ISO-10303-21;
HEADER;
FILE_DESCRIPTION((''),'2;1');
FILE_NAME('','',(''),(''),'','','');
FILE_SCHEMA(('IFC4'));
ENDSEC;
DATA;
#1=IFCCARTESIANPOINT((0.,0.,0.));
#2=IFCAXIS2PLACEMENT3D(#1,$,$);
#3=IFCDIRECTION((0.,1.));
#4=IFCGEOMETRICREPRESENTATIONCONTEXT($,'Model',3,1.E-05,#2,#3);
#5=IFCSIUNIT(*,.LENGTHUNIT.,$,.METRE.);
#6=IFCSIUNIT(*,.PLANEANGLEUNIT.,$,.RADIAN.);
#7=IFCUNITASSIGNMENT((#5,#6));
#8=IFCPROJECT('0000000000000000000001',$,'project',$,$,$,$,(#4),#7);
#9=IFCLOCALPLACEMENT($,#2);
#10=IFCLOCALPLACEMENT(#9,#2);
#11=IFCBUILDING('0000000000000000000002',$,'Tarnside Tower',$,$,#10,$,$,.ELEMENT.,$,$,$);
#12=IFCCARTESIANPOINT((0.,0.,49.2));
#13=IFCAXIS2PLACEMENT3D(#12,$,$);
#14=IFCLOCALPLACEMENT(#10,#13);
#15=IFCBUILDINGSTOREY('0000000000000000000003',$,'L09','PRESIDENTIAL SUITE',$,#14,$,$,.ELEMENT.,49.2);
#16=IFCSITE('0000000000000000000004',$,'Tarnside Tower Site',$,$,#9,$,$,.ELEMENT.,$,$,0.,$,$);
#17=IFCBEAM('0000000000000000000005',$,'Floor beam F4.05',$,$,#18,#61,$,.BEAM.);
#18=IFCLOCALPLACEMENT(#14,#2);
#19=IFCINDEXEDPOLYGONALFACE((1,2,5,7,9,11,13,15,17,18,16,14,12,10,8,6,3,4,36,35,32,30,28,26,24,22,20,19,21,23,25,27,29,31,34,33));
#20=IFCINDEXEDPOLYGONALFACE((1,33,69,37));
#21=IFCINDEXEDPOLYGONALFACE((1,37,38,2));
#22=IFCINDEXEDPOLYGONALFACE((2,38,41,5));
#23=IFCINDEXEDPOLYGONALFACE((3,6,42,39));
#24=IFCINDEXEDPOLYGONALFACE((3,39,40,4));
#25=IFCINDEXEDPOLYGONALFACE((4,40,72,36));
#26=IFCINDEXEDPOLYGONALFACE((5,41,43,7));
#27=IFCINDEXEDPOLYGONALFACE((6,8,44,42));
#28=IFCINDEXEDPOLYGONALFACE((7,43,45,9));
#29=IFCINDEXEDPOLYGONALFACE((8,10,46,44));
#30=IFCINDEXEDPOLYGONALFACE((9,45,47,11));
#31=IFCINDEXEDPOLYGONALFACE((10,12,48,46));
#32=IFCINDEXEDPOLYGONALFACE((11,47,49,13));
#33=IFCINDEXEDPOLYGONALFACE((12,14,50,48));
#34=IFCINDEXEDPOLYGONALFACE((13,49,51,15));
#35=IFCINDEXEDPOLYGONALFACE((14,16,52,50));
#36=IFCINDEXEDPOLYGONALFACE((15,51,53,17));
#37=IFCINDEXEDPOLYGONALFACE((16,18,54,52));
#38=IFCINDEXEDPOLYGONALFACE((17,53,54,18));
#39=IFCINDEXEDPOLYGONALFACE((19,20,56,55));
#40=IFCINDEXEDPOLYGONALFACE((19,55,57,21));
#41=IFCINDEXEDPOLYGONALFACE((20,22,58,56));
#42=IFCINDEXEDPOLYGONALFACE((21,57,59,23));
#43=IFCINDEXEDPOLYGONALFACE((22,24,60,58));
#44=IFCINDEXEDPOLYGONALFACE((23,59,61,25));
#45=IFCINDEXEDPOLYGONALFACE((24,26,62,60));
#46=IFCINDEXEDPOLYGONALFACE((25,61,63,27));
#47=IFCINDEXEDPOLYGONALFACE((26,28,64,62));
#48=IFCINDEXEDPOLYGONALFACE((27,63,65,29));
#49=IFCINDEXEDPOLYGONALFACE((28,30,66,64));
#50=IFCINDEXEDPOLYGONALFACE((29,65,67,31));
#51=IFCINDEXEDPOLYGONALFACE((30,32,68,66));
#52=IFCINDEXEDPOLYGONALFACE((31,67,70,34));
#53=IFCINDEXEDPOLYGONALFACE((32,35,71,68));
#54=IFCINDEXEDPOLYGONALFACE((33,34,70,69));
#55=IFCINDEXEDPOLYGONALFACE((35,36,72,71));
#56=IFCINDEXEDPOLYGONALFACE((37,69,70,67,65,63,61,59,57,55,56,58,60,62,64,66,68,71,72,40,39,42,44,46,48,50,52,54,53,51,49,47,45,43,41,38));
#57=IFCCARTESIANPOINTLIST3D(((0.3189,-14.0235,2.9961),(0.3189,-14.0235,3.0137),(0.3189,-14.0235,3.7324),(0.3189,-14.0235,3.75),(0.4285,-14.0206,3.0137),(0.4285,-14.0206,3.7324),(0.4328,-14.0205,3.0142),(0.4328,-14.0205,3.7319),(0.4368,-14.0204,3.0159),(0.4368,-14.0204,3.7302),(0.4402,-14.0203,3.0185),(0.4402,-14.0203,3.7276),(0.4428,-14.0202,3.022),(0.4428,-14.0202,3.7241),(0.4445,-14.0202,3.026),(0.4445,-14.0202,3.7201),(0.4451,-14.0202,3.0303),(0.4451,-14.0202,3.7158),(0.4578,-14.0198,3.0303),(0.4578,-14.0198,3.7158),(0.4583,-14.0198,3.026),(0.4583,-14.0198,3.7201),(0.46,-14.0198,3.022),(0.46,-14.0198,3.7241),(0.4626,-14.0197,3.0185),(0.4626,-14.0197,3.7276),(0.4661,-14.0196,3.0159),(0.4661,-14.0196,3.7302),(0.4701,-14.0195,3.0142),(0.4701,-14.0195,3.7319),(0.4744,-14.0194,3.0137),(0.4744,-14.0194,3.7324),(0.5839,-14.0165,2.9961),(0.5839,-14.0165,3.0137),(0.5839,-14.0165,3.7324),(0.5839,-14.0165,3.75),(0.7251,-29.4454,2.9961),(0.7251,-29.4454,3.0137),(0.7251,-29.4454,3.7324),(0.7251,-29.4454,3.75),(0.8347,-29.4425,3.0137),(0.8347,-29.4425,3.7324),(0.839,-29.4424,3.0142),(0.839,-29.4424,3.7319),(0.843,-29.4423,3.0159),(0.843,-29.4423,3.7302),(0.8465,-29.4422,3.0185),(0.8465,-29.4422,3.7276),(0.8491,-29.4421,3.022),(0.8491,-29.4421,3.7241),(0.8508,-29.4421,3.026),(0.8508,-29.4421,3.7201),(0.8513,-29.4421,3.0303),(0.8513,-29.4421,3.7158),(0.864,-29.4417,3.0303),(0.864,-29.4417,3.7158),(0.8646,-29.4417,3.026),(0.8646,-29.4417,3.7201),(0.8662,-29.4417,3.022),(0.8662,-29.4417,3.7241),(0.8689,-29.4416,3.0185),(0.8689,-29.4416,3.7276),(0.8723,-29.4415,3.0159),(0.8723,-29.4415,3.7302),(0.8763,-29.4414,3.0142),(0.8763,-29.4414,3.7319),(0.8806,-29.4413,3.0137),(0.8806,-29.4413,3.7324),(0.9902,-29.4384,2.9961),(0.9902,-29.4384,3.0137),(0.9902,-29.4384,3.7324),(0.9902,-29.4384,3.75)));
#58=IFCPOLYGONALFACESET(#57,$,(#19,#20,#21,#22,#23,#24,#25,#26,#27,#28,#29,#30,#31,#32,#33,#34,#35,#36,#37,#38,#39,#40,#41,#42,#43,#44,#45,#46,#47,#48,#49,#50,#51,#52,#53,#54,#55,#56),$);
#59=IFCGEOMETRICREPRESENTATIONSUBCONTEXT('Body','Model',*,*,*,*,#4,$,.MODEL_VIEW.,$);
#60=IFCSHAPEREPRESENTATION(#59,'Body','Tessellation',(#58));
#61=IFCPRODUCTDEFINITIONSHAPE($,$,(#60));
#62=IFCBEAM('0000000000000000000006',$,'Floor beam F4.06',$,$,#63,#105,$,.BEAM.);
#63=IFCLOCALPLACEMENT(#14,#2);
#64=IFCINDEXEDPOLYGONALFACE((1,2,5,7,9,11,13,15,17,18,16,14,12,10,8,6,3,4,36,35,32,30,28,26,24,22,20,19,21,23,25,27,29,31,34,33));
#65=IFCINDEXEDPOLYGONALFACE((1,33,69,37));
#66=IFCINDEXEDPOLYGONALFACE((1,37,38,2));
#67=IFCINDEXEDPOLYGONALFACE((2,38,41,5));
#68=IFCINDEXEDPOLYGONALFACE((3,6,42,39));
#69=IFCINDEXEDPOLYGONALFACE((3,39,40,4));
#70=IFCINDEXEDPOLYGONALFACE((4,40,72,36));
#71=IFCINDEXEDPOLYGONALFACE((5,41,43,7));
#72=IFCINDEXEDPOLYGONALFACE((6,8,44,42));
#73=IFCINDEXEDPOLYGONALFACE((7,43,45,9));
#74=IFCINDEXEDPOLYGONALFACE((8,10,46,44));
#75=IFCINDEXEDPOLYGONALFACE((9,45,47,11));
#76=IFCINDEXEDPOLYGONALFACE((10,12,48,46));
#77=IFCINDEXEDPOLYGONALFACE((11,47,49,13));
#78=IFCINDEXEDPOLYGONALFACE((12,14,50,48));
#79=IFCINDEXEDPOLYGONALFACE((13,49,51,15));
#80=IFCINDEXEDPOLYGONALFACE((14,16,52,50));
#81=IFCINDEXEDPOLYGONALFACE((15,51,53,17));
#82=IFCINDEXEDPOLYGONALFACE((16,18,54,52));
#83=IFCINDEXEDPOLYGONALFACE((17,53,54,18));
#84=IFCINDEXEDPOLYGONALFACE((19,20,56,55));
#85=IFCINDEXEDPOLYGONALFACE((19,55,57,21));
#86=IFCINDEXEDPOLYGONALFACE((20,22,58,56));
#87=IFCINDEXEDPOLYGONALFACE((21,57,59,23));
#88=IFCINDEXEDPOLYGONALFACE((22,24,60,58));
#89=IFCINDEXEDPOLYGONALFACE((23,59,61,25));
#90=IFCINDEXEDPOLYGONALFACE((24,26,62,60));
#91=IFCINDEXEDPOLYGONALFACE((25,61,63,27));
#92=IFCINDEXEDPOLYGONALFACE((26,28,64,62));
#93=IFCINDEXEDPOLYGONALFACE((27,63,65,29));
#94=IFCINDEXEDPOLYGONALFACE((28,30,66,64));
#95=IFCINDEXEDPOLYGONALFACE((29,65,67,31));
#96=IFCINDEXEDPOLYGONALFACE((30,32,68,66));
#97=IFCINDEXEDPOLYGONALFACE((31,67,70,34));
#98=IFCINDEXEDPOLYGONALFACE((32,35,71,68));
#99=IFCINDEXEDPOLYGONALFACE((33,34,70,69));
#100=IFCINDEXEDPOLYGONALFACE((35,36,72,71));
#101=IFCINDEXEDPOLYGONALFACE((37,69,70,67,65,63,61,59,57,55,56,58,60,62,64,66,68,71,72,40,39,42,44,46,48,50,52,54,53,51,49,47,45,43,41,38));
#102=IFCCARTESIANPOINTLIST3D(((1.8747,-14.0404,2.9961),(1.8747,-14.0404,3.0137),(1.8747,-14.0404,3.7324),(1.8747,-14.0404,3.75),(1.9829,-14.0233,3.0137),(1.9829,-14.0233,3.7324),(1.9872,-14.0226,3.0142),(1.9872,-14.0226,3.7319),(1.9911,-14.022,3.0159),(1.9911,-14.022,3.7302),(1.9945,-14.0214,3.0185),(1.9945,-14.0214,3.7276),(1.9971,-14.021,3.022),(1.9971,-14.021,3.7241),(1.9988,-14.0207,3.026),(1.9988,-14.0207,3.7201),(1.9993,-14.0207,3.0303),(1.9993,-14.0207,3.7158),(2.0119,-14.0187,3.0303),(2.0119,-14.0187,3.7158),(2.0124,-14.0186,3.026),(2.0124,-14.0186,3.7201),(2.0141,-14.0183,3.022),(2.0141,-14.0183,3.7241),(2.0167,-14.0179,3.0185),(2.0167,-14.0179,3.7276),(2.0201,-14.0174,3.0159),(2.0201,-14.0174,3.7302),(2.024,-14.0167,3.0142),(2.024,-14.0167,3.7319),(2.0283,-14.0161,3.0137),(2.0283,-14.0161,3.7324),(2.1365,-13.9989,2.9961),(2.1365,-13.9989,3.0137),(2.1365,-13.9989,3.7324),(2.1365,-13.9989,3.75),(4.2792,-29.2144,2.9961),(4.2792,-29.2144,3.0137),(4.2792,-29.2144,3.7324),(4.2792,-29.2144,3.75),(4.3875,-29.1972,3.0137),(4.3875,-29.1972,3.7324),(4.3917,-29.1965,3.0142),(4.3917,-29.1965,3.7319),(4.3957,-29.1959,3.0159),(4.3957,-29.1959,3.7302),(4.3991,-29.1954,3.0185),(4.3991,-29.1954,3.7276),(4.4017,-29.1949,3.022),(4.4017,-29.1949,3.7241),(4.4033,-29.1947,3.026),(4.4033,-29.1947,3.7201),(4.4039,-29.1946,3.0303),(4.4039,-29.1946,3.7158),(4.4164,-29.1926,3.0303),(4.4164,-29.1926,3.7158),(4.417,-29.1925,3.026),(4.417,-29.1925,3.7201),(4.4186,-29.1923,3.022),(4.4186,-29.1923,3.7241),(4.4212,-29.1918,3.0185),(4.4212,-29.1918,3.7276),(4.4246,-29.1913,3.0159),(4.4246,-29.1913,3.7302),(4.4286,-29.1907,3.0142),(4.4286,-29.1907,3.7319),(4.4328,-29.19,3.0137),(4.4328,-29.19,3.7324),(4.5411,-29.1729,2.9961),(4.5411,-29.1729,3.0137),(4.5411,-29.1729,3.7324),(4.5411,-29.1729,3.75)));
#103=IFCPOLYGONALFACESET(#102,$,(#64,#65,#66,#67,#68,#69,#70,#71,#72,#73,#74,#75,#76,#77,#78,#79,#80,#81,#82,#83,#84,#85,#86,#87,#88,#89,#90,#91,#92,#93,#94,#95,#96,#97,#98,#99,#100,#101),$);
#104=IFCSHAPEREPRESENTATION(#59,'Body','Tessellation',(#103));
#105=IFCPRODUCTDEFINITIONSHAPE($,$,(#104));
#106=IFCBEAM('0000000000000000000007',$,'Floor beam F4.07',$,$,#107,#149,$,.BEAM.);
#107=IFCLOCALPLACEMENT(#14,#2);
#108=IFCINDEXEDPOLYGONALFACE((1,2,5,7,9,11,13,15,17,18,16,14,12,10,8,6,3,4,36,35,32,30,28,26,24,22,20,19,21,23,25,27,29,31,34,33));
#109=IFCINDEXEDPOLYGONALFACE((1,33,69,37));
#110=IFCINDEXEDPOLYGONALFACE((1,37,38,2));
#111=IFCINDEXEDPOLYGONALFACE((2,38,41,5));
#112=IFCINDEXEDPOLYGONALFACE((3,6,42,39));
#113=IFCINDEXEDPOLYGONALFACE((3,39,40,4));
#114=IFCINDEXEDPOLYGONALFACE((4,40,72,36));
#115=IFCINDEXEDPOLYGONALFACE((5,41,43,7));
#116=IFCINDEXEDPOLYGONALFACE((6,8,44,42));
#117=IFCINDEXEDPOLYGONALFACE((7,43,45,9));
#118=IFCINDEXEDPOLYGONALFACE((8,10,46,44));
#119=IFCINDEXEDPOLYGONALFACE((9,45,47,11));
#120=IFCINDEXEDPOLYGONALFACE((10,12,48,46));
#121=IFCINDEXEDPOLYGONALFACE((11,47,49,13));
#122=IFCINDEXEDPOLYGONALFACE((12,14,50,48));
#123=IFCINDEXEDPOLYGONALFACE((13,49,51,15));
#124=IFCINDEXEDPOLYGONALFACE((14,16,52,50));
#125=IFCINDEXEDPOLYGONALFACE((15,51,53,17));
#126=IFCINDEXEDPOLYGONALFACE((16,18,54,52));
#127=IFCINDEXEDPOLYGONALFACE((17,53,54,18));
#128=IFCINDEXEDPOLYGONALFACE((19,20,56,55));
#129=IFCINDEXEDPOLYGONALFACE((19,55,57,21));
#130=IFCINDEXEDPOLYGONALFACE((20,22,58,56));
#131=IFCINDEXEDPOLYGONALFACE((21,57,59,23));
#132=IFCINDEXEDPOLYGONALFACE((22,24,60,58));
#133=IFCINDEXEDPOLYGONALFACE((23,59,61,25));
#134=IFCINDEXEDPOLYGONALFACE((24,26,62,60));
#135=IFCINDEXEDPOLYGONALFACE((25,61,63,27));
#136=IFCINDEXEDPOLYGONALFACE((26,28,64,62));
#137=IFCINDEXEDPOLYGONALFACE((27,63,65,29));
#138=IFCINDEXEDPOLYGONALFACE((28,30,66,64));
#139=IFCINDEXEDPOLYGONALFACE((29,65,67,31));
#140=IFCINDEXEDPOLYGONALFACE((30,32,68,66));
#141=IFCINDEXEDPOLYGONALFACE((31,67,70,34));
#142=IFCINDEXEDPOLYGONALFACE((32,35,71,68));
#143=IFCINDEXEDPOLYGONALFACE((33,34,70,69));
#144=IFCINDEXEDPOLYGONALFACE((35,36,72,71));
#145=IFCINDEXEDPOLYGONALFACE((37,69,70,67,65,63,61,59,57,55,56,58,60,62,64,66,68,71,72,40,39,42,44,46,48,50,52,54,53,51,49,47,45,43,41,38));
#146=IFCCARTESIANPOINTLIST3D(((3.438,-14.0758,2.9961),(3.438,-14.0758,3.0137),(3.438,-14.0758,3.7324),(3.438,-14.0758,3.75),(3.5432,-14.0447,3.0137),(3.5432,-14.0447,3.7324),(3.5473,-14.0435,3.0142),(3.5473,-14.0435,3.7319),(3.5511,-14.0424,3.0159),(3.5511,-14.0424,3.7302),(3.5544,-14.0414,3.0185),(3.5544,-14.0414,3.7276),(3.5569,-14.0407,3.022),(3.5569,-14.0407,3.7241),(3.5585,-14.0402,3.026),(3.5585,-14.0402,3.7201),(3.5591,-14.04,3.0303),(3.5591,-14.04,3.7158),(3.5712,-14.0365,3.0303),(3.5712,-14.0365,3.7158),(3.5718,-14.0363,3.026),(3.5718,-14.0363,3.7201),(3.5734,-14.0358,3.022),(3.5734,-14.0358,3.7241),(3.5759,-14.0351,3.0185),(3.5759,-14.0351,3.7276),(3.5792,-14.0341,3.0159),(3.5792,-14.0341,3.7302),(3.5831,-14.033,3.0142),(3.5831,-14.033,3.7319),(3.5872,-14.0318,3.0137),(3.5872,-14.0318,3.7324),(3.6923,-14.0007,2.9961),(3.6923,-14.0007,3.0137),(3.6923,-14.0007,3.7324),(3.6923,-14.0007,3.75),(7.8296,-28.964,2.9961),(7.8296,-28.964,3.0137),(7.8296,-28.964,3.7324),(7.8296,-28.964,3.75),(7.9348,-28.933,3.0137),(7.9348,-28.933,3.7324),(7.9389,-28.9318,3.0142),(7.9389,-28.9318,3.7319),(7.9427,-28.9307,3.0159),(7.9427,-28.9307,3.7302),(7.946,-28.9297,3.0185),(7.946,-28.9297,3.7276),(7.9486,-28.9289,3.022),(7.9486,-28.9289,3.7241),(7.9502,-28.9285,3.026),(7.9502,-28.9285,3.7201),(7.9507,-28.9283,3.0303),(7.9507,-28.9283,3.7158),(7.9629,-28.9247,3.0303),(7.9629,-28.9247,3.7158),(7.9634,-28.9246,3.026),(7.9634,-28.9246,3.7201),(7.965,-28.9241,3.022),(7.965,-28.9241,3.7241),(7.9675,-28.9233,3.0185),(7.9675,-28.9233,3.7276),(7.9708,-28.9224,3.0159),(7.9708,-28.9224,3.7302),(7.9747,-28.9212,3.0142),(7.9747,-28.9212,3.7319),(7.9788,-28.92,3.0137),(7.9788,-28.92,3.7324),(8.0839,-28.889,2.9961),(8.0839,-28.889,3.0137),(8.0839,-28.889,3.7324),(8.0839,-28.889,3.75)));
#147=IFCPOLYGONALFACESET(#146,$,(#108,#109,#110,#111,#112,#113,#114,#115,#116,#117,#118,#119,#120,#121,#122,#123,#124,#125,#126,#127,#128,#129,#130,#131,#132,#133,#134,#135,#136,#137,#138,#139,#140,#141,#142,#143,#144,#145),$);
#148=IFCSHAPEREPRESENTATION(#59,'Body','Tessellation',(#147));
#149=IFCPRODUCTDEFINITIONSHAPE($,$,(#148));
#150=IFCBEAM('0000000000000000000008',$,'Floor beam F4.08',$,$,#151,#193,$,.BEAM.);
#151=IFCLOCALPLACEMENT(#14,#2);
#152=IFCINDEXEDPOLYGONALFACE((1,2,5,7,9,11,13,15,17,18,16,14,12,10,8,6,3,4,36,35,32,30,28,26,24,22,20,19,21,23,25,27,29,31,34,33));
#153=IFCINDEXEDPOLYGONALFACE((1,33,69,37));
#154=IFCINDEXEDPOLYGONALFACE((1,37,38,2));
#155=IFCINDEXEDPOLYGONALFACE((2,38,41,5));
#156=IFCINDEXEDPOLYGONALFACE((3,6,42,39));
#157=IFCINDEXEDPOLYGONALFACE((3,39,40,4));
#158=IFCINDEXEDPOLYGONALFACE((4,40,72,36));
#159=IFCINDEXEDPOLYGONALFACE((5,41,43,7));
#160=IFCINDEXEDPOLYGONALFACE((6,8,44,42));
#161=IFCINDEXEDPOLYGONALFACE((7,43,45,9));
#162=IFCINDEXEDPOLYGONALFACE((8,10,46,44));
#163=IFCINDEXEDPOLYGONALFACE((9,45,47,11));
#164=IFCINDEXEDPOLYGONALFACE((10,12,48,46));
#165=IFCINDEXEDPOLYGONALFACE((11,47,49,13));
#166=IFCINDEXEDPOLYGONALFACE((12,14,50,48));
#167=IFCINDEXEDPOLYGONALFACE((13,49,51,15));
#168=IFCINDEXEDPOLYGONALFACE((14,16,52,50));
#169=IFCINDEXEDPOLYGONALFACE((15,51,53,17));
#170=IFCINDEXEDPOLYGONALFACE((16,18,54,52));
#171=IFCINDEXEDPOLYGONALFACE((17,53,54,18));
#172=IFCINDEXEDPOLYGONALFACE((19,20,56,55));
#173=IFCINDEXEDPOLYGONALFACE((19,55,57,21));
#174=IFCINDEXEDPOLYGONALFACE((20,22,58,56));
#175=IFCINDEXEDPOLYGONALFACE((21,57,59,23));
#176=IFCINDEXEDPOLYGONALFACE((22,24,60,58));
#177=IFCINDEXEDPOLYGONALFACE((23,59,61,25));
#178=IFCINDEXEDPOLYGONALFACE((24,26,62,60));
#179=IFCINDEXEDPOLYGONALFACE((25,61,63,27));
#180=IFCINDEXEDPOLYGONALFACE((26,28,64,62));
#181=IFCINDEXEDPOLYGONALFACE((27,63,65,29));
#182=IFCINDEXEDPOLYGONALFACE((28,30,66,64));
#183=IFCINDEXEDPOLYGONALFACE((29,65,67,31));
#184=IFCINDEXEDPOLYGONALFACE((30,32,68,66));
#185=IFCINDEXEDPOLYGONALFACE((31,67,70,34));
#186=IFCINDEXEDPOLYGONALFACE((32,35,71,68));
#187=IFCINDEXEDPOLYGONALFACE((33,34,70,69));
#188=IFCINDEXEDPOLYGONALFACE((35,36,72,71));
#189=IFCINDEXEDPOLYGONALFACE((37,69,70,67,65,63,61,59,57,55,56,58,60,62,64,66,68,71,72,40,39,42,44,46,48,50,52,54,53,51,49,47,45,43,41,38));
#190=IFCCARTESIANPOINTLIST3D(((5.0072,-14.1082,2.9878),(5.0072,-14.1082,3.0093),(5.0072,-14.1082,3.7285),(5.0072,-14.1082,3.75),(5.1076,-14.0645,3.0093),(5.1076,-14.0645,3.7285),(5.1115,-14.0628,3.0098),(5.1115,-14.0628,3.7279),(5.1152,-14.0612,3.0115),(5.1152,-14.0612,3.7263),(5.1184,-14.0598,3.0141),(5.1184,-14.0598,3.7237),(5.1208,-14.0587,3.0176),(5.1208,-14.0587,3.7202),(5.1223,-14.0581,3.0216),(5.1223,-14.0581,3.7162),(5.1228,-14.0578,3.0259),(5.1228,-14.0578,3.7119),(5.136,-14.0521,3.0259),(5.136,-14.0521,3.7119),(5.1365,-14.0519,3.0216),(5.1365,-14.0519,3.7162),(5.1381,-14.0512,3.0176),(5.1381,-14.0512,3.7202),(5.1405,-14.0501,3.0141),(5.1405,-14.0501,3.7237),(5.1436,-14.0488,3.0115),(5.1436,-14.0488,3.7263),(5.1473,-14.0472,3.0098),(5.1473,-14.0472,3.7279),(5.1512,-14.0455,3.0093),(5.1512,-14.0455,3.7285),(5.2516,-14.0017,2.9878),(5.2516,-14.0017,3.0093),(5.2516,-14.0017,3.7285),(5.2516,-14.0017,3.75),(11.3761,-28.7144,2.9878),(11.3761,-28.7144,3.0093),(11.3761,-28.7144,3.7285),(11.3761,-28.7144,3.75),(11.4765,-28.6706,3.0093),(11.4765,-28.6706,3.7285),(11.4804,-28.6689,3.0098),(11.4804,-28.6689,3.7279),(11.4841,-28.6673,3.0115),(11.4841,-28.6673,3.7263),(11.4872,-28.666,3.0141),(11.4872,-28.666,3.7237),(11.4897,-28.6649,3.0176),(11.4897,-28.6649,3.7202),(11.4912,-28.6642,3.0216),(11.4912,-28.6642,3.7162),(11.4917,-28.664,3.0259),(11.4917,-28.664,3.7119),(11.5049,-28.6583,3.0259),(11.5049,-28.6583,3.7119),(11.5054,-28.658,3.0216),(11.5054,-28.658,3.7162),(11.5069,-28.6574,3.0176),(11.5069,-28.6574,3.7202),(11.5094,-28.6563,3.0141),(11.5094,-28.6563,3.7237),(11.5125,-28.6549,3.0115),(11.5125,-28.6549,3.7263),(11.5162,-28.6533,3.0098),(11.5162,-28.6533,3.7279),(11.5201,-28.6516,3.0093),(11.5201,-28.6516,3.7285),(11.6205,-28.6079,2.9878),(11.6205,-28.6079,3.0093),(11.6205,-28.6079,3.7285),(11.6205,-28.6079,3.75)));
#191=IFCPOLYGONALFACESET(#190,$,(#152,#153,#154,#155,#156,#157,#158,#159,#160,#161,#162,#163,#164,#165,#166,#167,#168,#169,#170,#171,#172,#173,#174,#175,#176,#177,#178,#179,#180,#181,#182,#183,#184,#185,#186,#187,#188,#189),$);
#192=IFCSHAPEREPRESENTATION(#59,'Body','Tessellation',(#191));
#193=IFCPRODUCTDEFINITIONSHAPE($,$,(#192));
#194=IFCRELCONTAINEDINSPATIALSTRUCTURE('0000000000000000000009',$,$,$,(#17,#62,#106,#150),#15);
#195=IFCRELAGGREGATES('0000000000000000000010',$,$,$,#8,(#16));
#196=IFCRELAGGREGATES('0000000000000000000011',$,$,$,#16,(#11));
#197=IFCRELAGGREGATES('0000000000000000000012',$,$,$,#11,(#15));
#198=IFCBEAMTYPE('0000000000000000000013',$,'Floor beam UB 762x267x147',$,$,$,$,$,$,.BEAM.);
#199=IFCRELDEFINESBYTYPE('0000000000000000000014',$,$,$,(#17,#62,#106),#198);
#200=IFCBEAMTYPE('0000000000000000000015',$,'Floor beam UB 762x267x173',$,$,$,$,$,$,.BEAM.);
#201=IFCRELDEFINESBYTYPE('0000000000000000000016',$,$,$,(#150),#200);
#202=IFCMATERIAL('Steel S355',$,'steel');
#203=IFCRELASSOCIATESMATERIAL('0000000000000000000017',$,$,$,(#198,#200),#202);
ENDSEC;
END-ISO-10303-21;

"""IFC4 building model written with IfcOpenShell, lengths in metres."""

from ifc_helpers import new_model, si_unit, direction, frame, origin, origin_2d, place, context, subcontext, project, spatial, i_section, extrude, material, material_profile, profile_set, type_object, element, save


model = new_model("IFC4")

# Units and contexts
model_context = context("Model", 3, precision=1e-05, world=origin(), true_north=direction((0.0, 1.0)))
body_context = subcontext(model_context, "Body", "Model", "MODEL_VIEW")
ifc_project = project(units=[si_unit("LENGTHUNIT", "METRE"), si_unit("PLANEANGLEUNIT", "RADIAN")], contexts=[model_context])

# Site, building, storey
site_placement = place(None, origin())
site = spatial("IfcSite", under=ifc_project, at=site_placement, Name="Tarnside Tower Site", CompositionType="ELEMENT", RefElevation=0.0)
building_placement = place(site_placement, origin())
building = spatial("IfcBuilding", under=site, at=building_placement, Name="Tarnside Tower", CompositionType="ELEMENT")
storey_placement = place(building_placement, frame((0.0, 0.0, 49.2)))
storey = spatial("IfcBuildingStorey", under=building, at=storey_placement, Name="L09", Description="PRESIDENTIAL SUITE", CompositionType="ELEMENT", Elevation=49.2)

# Beams
ifc_material_1 = material(Name="Steel S355", Category="steel")
ifc_material_profile_1 = material_profile(ifc_material_1, i_section(OverallWidth=0.2651, OverallDepth=0.7539, WebThickness=0.0127, FlangeThickness=0.0176, FilletRadius=0.0166, at=origin_2d()), Name="UB 762x267x147")
ifc_profile_set_1 = profile_set([ifc_material_profile_1], Name="Steel S355")
beam_type_1 = type_object("IfcBeamType", Name="Floor beam UB 762x267x147", PredefinedType="BEAM", material=ifc_profile_set_1)
beam_1_placement = place(storey_placement, frame((0.8577, -29.4419, 3.373), z_axis=(-0.026333, 0.999653, 0.0), x_axis=(-0.999653, -0.026333, 0.0)))
element("IfcBeam", 1, at=beam_1_placement, inside=storey, type_object=beam_type_1, Name="Floor beam F4.05", PredefinedType="BEAM", context=body_context, shape_type="SweptSolid", body=[
    extrude(i_section(OverallWidth=0.2651, OverallDepth=0.7539, WebThickness=0.0127, FlangeThickness=0.0176, FilletRadius=0.0166, at=origin_2d()), origin(), (0.0, 0.0, 1.0), 15.4272),
])
beam_2_placement = place(storey_placement, frame((4.4102, -29.1936, 3.373), z_axis=(-0.156513, 0.987676, 0.0), x_axis=(-0.987676, -0.156513, 0.0)))
element("IfcBeam", 2, at=beam_2_placement, inside=storey, type_object=beam_type_1, Name="Floor beam F4.06", PredefinedType="BEAM", context=body_context, shape_type="SweptSolid", body=[
    extrude(i_section(OverallWidth=0.2651, OverallDepth=0.7539, WebThickness=0.0127, FlangeThickness=0.0176, FilletRadius=0.0166, at=origin_2d()), origin(), (0.0, 0.0, 1.0), 15.3633),
])
beam_3_placement = place(storey_placement, frame((7.9568, -28.9265, 3.373), z_axis=(-0.282921, 0.959143, 0.0), x_axis=(-0.959143, -0.282921, 0.0)))
element("IfcBeam", 3, at=beam_3_placement, inside=storey, type_object=beam_type_1, Name="Floor beam F4.07", PredefinedType="BEAM", context=body_context, shape_type="SweptSolid", body=[
    extrude(i_section(OverallWidth=0.2651, OverallDepth=0.7539, WebThickness=0.0127, FlangeThickness=0.0176, FilletRadius=0.0166, at=origin_2d()), origin(), (0.0, 0.0, 1.0), 15.5225),
])
ifc_material_profile_2 = material_profile(ifc_material_1, i_section(OverallWidth=0.2666, OverallDepth=0.7622, WebThickness=0.0144, FlangeThickness=0.0215, FilletRadius=0.0166, at=origin_2d()), Name="UB 762x267x173")
ifc_profile_set_2 = profile_set([ifc_material_profile_2], Name="Steel S355")
beam_type_2 = type_object("IfcBeamType", Name="Floor beam UB 762x267x173", PredefinedType="BEAM", material=ifc_profile_set_2)
beam_4_placement = place(storey_placement, frame((11.4983, -28.6611, 3.3689), z_axis=(-0.399696, 0.916648, 0.0), x_axis=(-0.916648, -0.399696, 0.0)))
element("IfcBeam", 4, at=beam_4_placement, inside=storey, type_object=beam_type_2, Name="Floor beam F4.08", PredefinedType="BEAM", context=body_context, shape_type="SweptSolid", body=[
    extrude(i_section(OverallWidth=0.2666, OverallDepth=0.7622, WebThickness=0.0144, FlangeThickness=0.0215, FilletRadius=0.0166, at=origin_2d()), origin(), (0.0, 0.0, 1.0), 15.9343),
])

save(model, "model.ifc")
